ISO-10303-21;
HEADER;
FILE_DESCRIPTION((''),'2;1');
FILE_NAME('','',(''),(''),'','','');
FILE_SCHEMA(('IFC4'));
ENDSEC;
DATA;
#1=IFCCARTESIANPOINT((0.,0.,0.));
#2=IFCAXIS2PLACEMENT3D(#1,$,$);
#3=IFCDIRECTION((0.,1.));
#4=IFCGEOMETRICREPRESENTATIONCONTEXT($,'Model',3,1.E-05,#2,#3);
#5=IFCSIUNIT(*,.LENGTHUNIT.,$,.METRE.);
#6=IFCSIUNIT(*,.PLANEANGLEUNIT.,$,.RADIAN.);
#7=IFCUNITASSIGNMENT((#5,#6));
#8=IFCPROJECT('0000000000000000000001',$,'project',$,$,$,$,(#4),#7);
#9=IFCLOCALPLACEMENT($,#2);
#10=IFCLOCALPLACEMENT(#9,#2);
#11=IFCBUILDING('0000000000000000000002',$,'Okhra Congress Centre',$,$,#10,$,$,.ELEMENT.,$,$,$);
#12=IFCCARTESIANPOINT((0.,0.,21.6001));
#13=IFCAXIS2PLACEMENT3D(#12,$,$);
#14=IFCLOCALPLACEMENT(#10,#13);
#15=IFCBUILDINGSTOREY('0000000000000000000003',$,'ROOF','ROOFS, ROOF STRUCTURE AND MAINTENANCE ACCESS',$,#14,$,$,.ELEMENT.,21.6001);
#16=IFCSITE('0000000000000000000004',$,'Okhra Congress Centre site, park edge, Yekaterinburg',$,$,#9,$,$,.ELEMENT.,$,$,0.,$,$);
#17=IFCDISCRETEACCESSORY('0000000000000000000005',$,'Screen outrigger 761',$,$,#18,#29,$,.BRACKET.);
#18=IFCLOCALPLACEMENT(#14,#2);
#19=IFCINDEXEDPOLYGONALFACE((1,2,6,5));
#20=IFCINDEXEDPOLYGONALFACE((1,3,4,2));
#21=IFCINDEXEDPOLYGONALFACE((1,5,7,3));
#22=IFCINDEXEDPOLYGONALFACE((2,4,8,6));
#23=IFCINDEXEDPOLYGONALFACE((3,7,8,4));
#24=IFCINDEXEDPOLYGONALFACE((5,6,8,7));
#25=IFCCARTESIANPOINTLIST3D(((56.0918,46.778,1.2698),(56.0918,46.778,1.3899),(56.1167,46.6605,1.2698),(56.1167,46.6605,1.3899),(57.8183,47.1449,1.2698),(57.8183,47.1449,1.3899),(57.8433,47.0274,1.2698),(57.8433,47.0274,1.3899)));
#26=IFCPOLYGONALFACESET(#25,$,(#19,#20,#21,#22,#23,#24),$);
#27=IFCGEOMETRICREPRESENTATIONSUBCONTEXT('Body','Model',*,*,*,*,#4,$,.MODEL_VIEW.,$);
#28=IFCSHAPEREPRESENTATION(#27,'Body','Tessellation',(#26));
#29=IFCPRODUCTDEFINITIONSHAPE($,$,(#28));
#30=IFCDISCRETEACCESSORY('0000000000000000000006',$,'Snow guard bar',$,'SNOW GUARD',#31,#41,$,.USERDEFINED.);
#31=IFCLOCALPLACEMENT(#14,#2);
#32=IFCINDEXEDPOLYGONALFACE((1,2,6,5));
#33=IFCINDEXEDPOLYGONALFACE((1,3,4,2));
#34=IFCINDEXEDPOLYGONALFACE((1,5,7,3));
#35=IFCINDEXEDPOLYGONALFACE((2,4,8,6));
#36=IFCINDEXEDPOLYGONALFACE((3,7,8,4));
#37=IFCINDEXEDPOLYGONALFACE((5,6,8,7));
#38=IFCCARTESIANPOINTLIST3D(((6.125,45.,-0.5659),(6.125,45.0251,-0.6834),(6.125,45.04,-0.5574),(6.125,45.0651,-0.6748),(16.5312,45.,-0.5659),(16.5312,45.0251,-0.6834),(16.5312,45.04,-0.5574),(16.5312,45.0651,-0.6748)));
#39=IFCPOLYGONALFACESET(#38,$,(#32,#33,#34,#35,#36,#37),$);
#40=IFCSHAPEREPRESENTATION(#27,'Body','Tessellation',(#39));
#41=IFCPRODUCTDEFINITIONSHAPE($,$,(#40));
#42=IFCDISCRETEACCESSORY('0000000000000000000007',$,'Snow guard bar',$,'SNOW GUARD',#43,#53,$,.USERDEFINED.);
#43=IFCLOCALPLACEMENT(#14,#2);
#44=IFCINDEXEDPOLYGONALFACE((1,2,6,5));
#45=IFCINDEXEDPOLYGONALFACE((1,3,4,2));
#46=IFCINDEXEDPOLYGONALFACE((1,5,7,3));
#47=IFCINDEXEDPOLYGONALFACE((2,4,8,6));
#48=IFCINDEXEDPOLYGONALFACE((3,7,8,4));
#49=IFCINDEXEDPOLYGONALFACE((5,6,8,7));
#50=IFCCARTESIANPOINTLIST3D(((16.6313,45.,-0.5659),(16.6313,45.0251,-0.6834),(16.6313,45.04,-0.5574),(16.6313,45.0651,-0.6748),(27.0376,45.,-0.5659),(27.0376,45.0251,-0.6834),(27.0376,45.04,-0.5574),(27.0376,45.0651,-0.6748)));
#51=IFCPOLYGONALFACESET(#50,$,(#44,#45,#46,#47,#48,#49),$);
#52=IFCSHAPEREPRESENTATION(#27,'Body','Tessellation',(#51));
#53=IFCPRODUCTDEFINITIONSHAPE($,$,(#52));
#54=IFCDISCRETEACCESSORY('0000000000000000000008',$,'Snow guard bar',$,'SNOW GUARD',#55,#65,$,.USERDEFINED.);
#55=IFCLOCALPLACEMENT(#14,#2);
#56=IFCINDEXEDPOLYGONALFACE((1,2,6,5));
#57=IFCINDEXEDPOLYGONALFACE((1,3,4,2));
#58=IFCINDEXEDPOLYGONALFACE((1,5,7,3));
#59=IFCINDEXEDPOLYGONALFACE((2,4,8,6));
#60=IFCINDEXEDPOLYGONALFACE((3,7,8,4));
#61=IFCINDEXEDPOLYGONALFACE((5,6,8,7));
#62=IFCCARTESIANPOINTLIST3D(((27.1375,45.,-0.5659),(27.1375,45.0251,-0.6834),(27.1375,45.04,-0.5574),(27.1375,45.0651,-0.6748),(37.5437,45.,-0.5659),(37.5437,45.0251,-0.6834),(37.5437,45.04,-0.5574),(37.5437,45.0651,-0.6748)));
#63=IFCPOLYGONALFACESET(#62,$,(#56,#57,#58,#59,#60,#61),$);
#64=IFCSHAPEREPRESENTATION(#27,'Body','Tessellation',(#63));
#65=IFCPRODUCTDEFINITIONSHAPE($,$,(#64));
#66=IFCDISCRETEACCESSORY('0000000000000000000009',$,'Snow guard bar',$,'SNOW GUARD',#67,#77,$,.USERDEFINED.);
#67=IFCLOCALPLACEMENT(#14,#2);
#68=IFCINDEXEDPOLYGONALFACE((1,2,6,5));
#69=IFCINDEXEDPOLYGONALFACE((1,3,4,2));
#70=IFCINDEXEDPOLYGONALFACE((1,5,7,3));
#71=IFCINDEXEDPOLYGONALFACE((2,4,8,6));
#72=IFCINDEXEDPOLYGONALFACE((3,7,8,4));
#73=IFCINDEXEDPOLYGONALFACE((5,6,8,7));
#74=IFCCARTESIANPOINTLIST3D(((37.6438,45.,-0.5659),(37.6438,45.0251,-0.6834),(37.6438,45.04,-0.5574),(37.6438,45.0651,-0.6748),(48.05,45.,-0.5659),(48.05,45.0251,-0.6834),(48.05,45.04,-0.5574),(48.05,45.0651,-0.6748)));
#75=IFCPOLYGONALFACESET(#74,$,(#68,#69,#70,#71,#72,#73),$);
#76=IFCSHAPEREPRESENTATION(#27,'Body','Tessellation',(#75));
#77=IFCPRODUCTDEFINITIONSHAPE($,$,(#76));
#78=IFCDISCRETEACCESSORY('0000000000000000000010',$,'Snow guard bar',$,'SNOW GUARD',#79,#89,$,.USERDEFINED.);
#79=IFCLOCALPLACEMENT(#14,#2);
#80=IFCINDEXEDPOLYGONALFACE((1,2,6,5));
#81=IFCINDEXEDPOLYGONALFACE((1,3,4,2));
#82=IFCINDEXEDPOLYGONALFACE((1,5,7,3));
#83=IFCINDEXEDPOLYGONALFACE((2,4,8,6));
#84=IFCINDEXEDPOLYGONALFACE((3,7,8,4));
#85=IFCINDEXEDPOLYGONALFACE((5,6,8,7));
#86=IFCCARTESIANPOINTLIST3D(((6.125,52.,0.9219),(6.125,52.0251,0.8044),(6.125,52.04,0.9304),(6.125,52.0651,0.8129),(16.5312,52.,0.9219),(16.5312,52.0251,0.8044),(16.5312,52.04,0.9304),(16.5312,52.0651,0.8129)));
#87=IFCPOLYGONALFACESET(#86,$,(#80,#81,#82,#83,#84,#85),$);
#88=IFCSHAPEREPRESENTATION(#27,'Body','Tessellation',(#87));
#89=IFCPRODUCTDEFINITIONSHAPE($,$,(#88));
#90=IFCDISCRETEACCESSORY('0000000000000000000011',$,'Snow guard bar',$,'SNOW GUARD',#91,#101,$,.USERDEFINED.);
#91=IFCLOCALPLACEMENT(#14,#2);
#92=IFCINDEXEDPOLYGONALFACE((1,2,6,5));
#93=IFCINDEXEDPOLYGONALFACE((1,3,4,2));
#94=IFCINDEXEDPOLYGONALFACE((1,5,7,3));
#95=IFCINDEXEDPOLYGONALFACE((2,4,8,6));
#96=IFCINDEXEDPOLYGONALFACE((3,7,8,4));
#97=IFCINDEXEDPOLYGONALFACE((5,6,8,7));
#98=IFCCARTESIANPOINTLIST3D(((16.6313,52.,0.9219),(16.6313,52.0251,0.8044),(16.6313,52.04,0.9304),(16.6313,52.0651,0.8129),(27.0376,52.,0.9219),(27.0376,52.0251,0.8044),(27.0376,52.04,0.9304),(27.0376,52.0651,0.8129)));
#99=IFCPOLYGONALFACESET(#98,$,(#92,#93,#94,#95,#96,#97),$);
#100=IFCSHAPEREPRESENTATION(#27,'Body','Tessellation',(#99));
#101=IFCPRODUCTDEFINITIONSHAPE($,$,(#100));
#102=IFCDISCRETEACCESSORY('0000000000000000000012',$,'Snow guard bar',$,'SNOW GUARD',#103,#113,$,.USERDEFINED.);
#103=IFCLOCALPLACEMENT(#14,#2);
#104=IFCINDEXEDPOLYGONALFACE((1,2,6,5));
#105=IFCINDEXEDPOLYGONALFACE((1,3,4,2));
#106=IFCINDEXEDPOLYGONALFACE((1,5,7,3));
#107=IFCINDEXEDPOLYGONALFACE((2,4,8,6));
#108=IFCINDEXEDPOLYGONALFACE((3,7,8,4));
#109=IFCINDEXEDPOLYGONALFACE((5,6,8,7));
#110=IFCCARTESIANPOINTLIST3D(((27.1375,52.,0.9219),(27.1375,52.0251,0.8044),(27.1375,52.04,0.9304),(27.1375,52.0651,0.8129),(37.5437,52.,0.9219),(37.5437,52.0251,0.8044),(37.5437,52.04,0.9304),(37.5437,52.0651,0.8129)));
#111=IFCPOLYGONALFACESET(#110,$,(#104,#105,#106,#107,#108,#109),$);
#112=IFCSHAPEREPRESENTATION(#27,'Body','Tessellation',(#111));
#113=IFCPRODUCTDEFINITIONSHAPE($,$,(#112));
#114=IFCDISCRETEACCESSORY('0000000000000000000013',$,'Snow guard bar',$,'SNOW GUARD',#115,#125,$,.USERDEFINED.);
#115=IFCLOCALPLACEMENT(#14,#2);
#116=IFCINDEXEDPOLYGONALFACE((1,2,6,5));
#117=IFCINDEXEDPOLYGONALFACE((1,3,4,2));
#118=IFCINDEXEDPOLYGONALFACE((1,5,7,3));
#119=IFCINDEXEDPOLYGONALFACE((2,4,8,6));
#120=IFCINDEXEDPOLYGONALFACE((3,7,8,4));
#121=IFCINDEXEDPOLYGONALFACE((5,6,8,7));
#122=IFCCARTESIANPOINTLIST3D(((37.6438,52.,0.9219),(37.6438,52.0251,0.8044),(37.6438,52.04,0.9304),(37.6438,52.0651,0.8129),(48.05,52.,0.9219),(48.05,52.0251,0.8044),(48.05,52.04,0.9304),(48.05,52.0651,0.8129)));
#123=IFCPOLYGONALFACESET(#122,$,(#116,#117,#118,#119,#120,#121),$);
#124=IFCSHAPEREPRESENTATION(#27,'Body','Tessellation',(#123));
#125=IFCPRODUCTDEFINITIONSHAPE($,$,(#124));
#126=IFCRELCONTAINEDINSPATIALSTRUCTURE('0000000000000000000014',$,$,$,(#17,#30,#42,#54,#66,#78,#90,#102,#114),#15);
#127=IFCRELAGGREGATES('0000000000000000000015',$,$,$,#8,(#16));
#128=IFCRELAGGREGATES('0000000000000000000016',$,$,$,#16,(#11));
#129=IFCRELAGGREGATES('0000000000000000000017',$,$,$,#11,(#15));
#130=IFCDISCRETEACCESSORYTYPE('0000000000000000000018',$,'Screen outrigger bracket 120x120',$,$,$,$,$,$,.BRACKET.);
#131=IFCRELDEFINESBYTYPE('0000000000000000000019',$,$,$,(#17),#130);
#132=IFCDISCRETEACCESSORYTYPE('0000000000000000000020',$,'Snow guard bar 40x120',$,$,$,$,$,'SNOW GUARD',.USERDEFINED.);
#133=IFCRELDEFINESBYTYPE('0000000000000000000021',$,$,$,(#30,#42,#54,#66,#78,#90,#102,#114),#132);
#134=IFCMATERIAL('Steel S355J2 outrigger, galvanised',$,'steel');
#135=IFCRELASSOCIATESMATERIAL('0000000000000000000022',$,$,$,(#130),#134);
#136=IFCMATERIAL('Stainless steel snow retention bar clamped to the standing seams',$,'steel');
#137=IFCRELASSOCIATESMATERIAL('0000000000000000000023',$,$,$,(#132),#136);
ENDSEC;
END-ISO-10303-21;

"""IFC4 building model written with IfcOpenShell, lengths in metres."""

from ifc_helpers import new_model, si_unit, direction, frame, origin, origin_2d, place, context, subcontext, project, spatial, polyline, rectangle, outline, extrude, material, material_profile, profile_set, type_object, element, save


model = new_model("IFC4")

# Units and contexts
model_context = context("Model", 3, precision=1e-05, world=origin(), true_north=direction((0.0, 1.0)))
body_context = subcontext(model_context, "Body", "Model", "MODEL_VIEW")
ifc_project = project(units=[si_unit("LENGTHUNIT", "METRE"), si_unit("PLANEANGLEUNIT", "RADIAN")], contexts=[model_context])

# Site, building, storey
site_placement = place(None, origin())
site = spatial("IfcSite", under=ifc_project, at=site_placement, Name="Okhra Congress Centre site, park edge, Yekaterinburg", CompositionType="ELEMENT", RefElevation=0.0)
building_placement = place(site_placement, origin())
building = spatial("IfcBuilding", under=site, at=building_placement, Name="Okhra Congress Centre", CompositionType="ELEMENT")
storey_placement = place(building_placement, frame((0.0, 0.0, 21.6001)))
storey = spatial("IfcBuildingStorey", under=building, at=storey_placement, Name="ROOF", Description="ROOFS, ROOF STRUCTURE AND MAINTENANCE ACCESS", CompositionType="ELEMENT", Elevation=21.6001)

# Discrete accessories
ifc_material_1 = material(Name="Steel S355J2 outrigger, galvanised", Category="steel")
ifc_material_profile_1 = material_profile(ifc_material_1, rectangle(XDim=0.1201, YDim=0.1201, at=origin_2d()), Name="Screen outrigger bracket 120x120")
ifc_profile_set_1 = profile_set([ifc_material_profile_1], Name="Steel S355J2 outrigger, galvanised")
discrete_accessory_type_1 = type_object("IfcDiscreteAccessoryType", Name="Screen outrigger bracket 120x120", PredefinedType="BRACKET", material=ifc_profile_set_1)
discrete_accessory_1_placement = place(storey_placement, frame((57.8308, 47.0862, 1.3298), z_axis=(-0.978153, -0.207885, 0.0), x_axis=(0.207885, -0.978153, 0.0)))
element("IfcDiscreteAccessory", 1, at=discrete_accessory_1_placement, inside=storey, type_object=discrete_accessory_type_1, Name="Screen outrigger 761", PredefinedType="BRACKET", context=body_context, shape_type="SweptSolid", body=[
    extrude(rectangle(XDim=0.1201, YDim=0.1201, at=origin_2d()), origin(), (0.0, 0.0, 1.0), 1.7651),
])
ifc_material_2 = material(Name="Stainless steel snow retention bar clamped to the standing seams", Category="steel")
discrete_accessory_type_2 = type_object("IfcDiscreteAccessoryType", Name="Snow guard bar 40x120", ElementType="SNOW GUARD", PredefinedType="USERDEFINED", material=ifc_material_2)
for number, where, z_axis, x_axis, name in (
    (2, (6.125, 45.0, -0.5659), (0.0, -0.208715, 0.977977), (1.0, 0.0, 0.0), "Snow guard bar"),
    (3, (16.6313, 45.0, -0.5659), (0.0, -0.208715, 0.977977), (1.0, 0.0, 0.0), "Snow guard bar"),
    (4, (27.1375, 45.0, -0.5659), (0.0, -0.208715, 0.977977), (1.0, 0.0, 0.0), "Snow guard bar"),
    (5, (37.6438, 45.0, -0.5659), (0.0, -0.208715, 0.977977), (1.0, 0.0, 0.0), "Snow guard bar"),
    (6, (6.125, 52.0, 0.9219), (0.0, -0.208715, 0.977977), (1.0, 0.0, 0.0), "Snow guard bar"),
    (7, (16.6313, 52.0, 0.9219), (0.0, -0.208715, 0.977977), (1.0, 0.0, 0.0), "Snow guard bar"),
    (8, (27.1375, 52.0, 0.9219), (0.0, -0.208715, 0.977977), (1.0, 0.0, 0.0), "Snow guard bar"),
    (9, (37.6438, 52.0, 0.9219), (0.0, -0.208715, 0.977977), (1.0, 0.0, 0.0), "Snow guard bar"),
):
    element("IfcDiscreteAccessory", number, at=place(storey_placement, frame(where, z_axis=z_axis, x_axis=x_axis)), inside=storey, type_object=discrete_accessory_type_2, Name=name, ObjectType="SNOW GUARD", PredefinedType="USERDEFINED", context=body_context, shape_type="SweptSolid", body=[
        extrude(outline(polyline([(0.0, 0.0), (10.4062, 0.0), (10.4062, 0.0409), (0.0, 0.0409), (0.0, 0.0)])), origin(), (0.0, 0.0, -1.0), 0.1201),
    ])

save(model, "model.ifc")
